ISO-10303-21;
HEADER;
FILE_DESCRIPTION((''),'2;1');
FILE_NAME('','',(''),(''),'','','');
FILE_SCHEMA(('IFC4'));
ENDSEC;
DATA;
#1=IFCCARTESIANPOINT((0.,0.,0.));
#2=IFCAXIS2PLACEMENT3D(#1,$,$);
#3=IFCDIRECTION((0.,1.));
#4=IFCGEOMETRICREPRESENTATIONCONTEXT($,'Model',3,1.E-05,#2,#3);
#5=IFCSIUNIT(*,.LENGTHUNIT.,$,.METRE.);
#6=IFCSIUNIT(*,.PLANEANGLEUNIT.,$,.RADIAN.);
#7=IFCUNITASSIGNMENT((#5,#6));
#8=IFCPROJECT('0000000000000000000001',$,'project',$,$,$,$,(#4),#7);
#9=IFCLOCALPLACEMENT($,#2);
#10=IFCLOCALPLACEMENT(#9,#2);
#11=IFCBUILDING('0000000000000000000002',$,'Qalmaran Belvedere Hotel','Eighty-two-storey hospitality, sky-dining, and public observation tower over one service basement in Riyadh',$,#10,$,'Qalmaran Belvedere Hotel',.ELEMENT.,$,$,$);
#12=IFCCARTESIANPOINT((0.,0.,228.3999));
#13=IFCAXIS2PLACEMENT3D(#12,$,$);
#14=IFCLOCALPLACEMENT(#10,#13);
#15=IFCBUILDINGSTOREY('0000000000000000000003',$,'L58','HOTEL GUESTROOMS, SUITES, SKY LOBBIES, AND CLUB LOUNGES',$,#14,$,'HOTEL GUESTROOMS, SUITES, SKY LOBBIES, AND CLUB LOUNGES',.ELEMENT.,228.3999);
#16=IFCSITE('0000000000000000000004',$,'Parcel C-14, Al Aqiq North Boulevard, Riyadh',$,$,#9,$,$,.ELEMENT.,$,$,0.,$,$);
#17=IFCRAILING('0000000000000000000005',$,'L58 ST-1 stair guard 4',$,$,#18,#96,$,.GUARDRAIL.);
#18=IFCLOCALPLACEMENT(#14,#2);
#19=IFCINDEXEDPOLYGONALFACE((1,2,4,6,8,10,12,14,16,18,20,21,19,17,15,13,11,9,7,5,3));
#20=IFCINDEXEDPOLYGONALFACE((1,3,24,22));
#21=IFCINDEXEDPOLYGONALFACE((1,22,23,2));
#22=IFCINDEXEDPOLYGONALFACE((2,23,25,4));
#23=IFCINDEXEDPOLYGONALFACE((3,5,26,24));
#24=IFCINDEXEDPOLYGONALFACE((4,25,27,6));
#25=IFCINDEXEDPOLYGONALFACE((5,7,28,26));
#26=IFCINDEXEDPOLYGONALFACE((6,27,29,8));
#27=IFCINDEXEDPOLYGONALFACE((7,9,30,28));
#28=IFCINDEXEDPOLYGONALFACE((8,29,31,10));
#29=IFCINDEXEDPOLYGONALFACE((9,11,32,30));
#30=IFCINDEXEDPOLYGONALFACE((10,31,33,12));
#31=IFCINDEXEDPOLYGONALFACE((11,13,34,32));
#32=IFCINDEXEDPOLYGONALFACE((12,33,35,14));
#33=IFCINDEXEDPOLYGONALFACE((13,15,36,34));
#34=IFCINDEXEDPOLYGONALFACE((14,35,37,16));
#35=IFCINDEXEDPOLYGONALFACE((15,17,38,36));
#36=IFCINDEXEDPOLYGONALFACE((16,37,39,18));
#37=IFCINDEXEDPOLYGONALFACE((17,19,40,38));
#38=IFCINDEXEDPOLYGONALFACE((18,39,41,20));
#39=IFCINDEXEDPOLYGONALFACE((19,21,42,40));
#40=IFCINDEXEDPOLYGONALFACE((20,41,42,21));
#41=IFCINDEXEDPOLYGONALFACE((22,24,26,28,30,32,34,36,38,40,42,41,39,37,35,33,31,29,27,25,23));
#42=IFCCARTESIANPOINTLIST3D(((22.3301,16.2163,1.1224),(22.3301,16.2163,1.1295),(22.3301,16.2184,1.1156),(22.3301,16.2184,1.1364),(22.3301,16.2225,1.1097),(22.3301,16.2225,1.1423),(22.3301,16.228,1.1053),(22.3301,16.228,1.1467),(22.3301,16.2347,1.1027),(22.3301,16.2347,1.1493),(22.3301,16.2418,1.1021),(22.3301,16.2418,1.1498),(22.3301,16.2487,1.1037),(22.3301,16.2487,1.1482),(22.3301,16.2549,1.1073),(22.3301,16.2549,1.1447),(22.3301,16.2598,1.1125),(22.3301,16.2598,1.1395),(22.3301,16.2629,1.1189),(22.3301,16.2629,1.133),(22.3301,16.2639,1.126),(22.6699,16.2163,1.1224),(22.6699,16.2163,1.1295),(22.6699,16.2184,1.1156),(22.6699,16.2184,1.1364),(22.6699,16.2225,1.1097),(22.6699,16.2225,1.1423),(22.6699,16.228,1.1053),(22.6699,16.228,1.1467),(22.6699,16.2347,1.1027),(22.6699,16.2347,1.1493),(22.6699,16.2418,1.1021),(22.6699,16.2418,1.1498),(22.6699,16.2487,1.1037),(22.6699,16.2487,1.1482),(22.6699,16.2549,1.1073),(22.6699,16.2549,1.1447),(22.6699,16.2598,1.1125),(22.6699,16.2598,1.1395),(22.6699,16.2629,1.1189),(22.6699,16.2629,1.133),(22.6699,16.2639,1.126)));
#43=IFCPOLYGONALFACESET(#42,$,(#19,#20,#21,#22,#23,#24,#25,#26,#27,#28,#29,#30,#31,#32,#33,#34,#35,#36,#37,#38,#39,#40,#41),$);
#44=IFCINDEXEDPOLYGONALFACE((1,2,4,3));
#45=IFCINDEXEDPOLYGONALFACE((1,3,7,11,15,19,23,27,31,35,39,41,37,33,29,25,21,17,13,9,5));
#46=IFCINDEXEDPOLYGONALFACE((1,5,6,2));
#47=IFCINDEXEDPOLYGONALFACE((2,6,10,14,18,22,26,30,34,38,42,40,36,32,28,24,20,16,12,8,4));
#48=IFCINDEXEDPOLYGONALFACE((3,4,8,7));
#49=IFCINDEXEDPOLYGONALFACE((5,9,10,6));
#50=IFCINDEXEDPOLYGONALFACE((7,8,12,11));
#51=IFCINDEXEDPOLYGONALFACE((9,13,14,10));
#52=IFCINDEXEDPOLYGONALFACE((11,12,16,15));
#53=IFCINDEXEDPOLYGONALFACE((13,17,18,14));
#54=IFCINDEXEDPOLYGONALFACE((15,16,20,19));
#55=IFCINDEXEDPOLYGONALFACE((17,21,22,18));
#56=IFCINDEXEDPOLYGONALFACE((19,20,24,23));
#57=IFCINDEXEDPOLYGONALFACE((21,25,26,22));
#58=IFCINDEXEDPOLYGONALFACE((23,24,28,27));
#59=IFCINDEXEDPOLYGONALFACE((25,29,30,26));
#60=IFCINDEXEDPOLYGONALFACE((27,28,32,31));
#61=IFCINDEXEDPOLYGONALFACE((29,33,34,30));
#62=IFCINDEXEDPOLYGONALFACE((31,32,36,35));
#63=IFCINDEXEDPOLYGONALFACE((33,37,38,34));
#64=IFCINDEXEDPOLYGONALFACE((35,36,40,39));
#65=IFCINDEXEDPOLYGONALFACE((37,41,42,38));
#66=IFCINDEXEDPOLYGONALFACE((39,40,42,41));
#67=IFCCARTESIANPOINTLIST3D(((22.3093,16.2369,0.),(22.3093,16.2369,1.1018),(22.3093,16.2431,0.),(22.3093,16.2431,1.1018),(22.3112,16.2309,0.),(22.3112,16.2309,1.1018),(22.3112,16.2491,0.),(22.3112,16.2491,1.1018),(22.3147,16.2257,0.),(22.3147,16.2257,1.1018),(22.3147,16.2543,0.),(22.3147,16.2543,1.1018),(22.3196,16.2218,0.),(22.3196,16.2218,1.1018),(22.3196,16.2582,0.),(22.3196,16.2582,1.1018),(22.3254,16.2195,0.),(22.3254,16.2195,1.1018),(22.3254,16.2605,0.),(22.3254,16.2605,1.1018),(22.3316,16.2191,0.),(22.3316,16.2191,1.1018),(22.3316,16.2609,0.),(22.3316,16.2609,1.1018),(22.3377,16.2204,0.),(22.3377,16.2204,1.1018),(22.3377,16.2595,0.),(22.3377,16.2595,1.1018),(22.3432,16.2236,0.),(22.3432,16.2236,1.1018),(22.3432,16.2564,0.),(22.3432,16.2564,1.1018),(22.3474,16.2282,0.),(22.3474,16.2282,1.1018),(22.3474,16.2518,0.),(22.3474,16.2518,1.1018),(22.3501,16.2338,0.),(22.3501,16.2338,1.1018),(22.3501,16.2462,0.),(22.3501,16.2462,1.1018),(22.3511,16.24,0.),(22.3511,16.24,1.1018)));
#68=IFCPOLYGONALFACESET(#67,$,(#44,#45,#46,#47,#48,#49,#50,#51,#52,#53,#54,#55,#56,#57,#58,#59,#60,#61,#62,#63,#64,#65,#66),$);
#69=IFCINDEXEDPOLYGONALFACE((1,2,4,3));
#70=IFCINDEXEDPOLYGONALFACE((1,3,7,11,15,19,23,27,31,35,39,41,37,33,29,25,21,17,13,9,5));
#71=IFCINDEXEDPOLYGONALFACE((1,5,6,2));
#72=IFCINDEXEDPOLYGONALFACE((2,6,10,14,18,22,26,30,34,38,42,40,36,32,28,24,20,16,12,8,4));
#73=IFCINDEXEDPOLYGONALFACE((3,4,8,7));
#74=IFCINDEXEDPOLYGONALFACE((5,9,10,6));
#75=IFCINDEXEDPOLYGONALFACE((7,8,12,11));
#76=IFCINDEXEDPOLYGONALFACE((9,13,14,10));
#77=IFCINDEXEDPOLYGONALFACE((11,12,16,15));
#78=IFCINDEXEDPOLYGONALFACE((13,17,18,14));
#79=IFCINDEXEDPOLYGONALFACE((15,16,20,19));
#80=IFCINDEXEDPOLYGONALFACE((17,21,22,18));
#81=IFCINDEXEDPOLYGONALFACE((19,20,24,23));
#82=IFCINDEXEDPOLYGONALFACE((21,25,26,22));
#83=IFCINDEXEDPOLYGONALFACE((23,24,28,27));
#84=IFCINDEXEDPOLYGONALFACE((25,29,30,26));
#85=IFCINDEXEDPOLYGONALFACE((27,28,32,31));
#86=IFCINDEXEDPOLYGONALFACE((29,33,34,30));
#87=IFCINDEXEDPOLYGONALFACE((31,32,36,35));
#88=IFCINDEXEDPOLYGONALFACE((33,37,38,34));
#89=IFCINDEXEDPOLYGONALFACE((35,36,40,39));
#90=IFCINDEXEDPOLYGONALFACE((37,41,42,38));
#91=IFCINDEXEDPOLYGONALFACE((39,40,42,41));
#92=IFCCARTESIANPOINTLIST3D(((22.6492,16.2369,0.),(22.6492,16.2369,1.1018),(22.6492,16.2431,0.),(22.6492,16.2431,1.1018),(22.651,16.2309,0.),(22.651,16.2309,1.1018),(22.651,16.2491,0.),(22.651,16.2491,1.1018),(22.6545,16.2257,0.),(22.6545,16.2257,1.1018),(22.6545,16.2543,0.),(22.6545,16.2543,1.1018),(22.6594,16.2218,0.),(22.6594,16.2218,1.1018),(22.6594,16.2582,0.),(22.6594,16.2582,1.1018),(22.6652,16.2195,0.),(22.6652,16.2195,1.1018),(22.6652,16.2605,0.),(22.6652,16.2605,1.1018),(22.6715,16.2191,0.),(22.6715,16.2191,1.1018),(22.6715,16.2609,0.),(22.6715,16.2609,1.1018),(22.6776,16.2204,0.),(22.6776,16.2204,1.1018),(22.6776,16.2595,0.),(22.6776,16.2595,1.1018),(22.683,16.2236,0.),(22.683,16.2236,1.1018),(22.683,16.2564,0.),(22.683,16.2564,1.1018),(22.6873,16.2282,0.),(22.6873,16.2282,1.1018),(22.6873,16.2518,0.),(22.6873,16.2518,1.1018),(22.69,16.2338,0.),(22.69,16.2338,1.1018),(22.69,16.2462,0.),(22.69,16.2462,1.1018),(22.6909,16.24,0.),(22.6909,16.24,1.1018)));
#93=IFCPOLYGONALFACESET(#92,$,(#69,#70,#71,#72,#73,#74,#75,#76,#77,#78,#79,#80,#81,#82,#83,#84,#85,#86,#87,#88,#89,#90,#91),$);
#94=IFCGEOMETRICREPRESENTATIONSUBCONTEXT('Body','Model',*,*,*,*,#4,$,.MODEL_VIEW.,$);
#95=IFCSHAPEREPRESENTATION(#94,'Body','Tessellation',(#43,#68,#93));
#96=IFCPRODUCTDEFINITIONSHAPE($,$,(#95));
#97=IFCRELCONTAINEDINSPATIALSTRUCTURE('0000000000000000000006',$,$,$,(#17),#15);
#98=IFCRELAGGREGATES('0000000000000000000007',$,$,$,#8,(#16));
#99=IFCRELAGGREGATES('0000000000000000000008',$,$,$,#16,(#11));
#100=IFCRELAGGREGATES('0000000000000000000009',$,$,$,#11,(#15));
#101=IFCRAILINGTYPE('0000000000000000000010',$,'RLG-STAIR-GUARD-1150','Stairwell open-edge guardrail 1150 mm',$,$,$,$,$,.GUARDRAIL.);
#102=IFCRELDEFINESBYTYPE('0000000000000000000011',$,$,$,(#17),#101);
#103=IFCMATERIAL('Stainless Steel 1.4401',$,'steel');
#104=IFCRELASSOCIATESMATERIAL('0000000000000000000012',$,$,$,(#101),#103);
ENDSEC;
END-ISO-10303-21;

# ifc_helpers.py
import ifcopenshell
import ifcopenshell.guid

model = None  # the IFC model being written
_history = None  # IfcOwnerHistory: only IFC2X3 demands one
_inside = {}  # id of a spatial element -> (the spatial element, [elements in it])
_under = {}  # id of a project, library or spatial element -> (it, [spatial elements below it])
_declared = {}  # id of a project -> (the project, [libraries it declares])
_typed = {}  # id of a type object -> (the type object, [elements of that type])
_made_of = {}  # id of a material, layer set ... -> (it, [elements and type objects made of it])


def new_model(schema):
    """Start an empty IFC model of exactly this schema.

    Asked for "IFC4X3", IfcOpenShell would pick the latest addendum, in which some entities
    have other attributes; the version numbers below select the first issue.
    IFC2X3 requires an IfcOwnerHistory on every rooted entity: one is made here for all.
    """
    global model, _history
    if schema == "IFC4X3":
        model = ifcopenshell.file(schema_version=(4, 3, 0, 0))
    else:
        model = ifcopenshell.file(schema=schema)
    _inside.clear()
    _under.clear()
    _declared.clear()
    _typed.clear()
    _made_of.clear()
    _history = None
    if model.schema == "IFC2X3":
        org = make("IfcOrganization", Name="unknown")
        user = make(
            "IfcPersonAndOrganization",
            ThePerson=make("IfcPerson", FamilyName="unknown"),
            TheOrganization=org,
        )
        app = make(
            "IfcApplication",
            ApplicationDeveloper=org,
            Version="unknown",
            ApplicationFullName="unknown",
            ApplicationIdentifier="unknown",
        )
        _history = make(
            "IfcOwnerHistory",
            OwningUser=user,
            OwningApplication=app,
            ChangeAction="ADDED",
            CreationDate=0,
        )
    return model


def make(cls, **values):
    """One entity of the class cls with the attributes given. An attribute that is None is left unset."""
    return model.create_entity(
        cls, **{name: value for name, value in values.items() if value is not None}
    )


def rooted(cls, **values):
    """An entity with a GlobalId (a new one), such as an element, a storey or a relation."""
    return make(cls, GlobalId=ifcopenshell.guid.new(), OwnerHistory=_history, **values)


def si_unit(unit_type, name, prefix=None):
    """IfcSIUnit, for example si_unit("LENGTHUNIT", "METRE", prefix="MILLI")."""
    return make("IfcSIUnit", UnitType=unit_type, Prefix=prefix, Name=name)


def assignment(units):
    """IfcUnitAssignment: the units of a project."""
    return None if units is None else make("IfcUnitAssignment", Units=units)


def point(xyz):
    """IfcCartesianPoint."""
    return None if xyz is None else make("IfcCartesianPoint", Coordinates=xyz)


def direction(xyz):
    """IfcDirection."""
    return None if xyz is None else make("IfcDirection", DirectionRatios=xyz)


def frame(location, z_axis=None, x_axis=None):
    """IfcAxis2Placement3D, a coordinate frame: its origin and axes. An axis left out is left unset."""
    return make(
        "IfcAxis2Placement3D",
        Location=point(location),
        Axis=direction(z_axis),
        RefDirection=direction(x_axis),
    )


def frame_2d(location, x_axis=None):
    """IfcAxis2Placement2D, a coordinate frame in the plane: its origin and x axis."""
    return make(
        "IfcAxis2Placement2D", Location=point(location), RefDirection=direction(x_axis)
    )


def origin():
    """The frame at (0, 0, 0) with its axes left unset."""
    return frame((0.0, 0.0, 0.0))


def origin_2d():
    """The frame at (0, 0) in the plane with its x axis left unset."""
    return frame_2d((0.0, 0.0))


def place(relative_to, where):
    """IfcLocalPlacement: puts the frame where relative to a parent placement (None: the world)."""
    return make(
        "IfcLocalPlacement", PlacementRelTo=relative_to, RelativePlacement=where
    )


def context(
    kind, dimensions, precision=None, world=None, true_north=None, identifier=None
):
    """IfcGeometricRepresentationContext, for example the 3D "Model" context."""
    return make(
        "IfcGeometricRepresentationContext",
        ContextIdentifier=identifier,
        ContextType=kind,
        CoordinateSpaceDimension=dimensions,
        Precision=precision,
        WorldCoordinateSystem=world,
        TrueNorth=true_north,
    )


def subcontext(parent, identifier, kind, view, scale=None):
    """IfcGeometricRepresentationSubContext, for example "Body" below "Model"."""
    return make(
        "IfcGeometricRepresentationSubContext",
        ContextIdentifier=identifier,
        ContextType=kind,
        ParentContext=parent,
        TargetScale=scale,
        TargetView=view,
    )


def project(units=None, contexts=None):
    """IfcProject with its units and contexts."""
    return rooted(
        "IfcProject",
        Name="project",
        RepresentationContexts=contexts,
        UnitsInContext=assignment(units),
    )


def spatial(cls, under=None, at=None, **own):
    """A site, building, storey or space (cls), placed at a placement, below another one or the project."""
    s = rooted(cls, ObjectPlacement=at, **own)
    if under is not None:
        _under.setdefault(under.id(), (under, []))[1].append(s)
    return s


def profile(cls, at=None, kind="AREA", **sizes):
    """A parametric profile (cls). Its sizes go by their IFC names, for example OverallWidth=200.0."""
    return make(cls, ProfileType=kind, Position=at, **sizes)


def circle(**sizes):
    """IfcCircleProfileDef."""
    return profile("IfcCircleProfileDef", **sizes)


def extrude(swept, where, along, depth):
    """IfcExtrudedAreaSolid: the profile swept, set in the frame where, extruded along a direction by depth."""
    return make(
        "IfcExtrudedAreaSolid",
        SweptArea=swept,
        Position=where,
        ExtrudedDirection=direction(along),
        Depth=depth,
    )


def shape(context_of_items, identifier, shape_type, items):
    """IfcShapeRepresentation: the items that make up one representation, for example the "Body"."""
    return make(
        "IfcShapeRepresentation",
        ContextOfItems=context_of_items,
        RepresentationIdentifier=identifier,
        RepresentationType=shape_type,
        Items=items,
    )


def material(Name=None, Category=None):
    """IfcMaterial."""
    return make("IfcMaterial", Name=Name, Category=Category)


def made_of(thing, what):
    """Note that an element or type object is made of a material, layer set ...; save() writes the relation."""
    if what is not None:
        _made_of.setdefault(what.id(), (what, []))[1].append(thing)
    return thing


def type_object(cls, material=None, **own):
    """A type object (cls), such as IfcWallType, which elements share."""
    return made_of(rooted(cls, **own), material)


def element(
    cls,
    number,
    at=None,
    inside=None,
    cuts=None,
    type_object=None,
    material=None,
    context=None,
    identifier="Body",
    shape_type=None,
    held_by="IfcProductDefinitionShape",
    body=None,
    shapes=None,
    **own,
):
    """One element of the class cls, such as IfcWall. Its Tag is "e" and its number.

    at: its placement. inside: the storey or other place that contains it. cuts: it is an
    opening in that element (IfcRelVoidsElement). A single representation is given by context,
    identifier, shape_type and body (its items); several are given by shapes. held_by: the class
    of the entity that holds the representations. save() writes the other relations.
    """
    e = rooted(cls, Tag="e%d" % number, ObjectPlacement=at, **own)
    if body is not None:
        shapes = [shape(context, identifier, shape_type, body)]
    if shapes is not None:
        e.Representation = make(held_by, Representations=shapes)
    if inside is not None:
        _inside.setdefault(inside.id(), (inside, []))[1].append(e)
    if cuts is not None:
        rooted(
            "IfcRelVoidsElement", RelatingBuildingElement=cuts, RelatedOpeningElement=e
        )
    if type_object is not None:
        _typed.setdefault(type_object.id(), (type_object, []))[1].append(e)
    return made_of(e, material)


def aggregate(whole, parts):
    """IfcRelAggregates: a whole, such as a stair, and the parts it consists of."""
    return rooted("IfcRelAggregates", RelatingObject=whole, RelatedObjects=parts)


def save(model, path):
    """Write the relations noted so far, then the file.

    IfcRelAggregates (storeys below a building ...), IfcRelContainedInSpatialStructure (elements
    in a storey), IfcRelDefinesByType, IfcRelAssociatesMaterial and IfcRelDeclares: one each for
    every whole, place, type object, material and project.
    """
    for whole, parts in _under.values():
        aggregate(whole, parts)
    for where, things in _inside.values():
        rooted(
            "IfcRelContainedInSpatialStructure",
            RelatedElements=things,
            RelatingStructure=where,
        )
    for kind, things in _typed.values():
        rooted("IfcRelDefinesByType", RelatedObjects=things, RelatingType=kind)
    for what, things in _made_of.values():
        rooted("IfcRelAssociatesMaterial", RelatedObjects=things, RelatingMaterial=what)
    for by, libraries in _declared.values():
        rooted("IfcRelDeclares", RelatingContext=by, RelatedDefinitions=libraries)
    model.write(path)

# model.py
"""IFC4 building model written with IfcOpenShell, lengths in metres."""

from ifc_helpers import new_model, si_unit, direction, frame, origin, origin_2d, place, context, subcontext, project, spatial, circle, extrude, material, type_object, element, save


model = new_model("IFC4")

# Units and contexts
model_context = context("Model", 3, precision=1e-05, world=origin(), true_north=direction((0.0, 1.0)))
body_context = subcontext(model_context, "Body", "Model", "MODEL_VIEW")
ifc_project = project(units=[si_unit("LENGTHUNIT", "METRE"), si_unit("PLANEANGLEUNIT", "RADIAN")], contexts=[model_context])

# Site, building, storey
site_placement = place(None, origin())
site = spatial("IfcSite", under=ifc_project, at=site_placement, Name="Parcel C-14, Al Aqiq North Boulevard, Riyadh", CompositionType="ELEMENT", RefElevation=0.0)
building_placement = place(site_placement, origin())
building = spatial("IfcBuilding", under=site, at=building_placement, Name="Qalmaran Belvedere Hotel", Description="Eighty-two-storey hospitality, sky-dining, and public observation tower over one service basement in Riyadh", LongName="Qalmaran Belvedere Hotel", CompositionType="ELEMENT")
storey_placement = place(building_placement, frame((0.0, 0.0, 228.3999)))
storey = spatial("IfcBuildingStorey", under=building, at=storey_placement, Name="L58", Description="HOTEL GUESTROOMS, SUITES, SKY LOBBIES, AND CLUB LOUNGES", LongName="HOTEL GUESTROOMS, SUITES, SKY LOBBIES, AND CLUB LOUNGES", CompositionType="ELEMENT", Elevation=228.3999)

# Shared definitions
ifc_material_1 = material(Name="Stainless Steel 1.4401", Category="steel")

# Railing
railing_type_1 = type_object("IfcRailingType", Name="RLG-STAIR-GUARD-1150", Description="Stairwell open-edge guardrail 1150 mm", PredefinedType="GUARDRAIL", material=ifc_material_1)
railing_1_placement = place(storey_placement, frame((22.3301, 16.24, 0.0)))
element("IfcRailing", 1, at=railing_1_placement, inside=storey, type_object=railing_type_1, Name="L58 ST-1 stair guard 4", PredefinedType="GUARDRAIL", context=body_context, shape_type="SweptSolid", body=[
    extrude(circle(Radius=0.0239, at=origin_2d()), frame((0.0, 0.0, 1.126), z_axis=(1.0, 0.0, 0.0), x_axis=(0.0, 1.0, 0.0)), (0.0, 0.0, 1.0), 0.3398),
    extrude(circle(Radius=0.021, at=origin_2d()), origin(), (0.0, 0.0, 1.0), 1.1018),
    extrude(circle(Radius=0.021, at=origin_2d()), frame((0.3398, 0.0, 0.0)), (0.0, 0.0, 1.0), 1.1018),
])

save(model, "model.ifc")
